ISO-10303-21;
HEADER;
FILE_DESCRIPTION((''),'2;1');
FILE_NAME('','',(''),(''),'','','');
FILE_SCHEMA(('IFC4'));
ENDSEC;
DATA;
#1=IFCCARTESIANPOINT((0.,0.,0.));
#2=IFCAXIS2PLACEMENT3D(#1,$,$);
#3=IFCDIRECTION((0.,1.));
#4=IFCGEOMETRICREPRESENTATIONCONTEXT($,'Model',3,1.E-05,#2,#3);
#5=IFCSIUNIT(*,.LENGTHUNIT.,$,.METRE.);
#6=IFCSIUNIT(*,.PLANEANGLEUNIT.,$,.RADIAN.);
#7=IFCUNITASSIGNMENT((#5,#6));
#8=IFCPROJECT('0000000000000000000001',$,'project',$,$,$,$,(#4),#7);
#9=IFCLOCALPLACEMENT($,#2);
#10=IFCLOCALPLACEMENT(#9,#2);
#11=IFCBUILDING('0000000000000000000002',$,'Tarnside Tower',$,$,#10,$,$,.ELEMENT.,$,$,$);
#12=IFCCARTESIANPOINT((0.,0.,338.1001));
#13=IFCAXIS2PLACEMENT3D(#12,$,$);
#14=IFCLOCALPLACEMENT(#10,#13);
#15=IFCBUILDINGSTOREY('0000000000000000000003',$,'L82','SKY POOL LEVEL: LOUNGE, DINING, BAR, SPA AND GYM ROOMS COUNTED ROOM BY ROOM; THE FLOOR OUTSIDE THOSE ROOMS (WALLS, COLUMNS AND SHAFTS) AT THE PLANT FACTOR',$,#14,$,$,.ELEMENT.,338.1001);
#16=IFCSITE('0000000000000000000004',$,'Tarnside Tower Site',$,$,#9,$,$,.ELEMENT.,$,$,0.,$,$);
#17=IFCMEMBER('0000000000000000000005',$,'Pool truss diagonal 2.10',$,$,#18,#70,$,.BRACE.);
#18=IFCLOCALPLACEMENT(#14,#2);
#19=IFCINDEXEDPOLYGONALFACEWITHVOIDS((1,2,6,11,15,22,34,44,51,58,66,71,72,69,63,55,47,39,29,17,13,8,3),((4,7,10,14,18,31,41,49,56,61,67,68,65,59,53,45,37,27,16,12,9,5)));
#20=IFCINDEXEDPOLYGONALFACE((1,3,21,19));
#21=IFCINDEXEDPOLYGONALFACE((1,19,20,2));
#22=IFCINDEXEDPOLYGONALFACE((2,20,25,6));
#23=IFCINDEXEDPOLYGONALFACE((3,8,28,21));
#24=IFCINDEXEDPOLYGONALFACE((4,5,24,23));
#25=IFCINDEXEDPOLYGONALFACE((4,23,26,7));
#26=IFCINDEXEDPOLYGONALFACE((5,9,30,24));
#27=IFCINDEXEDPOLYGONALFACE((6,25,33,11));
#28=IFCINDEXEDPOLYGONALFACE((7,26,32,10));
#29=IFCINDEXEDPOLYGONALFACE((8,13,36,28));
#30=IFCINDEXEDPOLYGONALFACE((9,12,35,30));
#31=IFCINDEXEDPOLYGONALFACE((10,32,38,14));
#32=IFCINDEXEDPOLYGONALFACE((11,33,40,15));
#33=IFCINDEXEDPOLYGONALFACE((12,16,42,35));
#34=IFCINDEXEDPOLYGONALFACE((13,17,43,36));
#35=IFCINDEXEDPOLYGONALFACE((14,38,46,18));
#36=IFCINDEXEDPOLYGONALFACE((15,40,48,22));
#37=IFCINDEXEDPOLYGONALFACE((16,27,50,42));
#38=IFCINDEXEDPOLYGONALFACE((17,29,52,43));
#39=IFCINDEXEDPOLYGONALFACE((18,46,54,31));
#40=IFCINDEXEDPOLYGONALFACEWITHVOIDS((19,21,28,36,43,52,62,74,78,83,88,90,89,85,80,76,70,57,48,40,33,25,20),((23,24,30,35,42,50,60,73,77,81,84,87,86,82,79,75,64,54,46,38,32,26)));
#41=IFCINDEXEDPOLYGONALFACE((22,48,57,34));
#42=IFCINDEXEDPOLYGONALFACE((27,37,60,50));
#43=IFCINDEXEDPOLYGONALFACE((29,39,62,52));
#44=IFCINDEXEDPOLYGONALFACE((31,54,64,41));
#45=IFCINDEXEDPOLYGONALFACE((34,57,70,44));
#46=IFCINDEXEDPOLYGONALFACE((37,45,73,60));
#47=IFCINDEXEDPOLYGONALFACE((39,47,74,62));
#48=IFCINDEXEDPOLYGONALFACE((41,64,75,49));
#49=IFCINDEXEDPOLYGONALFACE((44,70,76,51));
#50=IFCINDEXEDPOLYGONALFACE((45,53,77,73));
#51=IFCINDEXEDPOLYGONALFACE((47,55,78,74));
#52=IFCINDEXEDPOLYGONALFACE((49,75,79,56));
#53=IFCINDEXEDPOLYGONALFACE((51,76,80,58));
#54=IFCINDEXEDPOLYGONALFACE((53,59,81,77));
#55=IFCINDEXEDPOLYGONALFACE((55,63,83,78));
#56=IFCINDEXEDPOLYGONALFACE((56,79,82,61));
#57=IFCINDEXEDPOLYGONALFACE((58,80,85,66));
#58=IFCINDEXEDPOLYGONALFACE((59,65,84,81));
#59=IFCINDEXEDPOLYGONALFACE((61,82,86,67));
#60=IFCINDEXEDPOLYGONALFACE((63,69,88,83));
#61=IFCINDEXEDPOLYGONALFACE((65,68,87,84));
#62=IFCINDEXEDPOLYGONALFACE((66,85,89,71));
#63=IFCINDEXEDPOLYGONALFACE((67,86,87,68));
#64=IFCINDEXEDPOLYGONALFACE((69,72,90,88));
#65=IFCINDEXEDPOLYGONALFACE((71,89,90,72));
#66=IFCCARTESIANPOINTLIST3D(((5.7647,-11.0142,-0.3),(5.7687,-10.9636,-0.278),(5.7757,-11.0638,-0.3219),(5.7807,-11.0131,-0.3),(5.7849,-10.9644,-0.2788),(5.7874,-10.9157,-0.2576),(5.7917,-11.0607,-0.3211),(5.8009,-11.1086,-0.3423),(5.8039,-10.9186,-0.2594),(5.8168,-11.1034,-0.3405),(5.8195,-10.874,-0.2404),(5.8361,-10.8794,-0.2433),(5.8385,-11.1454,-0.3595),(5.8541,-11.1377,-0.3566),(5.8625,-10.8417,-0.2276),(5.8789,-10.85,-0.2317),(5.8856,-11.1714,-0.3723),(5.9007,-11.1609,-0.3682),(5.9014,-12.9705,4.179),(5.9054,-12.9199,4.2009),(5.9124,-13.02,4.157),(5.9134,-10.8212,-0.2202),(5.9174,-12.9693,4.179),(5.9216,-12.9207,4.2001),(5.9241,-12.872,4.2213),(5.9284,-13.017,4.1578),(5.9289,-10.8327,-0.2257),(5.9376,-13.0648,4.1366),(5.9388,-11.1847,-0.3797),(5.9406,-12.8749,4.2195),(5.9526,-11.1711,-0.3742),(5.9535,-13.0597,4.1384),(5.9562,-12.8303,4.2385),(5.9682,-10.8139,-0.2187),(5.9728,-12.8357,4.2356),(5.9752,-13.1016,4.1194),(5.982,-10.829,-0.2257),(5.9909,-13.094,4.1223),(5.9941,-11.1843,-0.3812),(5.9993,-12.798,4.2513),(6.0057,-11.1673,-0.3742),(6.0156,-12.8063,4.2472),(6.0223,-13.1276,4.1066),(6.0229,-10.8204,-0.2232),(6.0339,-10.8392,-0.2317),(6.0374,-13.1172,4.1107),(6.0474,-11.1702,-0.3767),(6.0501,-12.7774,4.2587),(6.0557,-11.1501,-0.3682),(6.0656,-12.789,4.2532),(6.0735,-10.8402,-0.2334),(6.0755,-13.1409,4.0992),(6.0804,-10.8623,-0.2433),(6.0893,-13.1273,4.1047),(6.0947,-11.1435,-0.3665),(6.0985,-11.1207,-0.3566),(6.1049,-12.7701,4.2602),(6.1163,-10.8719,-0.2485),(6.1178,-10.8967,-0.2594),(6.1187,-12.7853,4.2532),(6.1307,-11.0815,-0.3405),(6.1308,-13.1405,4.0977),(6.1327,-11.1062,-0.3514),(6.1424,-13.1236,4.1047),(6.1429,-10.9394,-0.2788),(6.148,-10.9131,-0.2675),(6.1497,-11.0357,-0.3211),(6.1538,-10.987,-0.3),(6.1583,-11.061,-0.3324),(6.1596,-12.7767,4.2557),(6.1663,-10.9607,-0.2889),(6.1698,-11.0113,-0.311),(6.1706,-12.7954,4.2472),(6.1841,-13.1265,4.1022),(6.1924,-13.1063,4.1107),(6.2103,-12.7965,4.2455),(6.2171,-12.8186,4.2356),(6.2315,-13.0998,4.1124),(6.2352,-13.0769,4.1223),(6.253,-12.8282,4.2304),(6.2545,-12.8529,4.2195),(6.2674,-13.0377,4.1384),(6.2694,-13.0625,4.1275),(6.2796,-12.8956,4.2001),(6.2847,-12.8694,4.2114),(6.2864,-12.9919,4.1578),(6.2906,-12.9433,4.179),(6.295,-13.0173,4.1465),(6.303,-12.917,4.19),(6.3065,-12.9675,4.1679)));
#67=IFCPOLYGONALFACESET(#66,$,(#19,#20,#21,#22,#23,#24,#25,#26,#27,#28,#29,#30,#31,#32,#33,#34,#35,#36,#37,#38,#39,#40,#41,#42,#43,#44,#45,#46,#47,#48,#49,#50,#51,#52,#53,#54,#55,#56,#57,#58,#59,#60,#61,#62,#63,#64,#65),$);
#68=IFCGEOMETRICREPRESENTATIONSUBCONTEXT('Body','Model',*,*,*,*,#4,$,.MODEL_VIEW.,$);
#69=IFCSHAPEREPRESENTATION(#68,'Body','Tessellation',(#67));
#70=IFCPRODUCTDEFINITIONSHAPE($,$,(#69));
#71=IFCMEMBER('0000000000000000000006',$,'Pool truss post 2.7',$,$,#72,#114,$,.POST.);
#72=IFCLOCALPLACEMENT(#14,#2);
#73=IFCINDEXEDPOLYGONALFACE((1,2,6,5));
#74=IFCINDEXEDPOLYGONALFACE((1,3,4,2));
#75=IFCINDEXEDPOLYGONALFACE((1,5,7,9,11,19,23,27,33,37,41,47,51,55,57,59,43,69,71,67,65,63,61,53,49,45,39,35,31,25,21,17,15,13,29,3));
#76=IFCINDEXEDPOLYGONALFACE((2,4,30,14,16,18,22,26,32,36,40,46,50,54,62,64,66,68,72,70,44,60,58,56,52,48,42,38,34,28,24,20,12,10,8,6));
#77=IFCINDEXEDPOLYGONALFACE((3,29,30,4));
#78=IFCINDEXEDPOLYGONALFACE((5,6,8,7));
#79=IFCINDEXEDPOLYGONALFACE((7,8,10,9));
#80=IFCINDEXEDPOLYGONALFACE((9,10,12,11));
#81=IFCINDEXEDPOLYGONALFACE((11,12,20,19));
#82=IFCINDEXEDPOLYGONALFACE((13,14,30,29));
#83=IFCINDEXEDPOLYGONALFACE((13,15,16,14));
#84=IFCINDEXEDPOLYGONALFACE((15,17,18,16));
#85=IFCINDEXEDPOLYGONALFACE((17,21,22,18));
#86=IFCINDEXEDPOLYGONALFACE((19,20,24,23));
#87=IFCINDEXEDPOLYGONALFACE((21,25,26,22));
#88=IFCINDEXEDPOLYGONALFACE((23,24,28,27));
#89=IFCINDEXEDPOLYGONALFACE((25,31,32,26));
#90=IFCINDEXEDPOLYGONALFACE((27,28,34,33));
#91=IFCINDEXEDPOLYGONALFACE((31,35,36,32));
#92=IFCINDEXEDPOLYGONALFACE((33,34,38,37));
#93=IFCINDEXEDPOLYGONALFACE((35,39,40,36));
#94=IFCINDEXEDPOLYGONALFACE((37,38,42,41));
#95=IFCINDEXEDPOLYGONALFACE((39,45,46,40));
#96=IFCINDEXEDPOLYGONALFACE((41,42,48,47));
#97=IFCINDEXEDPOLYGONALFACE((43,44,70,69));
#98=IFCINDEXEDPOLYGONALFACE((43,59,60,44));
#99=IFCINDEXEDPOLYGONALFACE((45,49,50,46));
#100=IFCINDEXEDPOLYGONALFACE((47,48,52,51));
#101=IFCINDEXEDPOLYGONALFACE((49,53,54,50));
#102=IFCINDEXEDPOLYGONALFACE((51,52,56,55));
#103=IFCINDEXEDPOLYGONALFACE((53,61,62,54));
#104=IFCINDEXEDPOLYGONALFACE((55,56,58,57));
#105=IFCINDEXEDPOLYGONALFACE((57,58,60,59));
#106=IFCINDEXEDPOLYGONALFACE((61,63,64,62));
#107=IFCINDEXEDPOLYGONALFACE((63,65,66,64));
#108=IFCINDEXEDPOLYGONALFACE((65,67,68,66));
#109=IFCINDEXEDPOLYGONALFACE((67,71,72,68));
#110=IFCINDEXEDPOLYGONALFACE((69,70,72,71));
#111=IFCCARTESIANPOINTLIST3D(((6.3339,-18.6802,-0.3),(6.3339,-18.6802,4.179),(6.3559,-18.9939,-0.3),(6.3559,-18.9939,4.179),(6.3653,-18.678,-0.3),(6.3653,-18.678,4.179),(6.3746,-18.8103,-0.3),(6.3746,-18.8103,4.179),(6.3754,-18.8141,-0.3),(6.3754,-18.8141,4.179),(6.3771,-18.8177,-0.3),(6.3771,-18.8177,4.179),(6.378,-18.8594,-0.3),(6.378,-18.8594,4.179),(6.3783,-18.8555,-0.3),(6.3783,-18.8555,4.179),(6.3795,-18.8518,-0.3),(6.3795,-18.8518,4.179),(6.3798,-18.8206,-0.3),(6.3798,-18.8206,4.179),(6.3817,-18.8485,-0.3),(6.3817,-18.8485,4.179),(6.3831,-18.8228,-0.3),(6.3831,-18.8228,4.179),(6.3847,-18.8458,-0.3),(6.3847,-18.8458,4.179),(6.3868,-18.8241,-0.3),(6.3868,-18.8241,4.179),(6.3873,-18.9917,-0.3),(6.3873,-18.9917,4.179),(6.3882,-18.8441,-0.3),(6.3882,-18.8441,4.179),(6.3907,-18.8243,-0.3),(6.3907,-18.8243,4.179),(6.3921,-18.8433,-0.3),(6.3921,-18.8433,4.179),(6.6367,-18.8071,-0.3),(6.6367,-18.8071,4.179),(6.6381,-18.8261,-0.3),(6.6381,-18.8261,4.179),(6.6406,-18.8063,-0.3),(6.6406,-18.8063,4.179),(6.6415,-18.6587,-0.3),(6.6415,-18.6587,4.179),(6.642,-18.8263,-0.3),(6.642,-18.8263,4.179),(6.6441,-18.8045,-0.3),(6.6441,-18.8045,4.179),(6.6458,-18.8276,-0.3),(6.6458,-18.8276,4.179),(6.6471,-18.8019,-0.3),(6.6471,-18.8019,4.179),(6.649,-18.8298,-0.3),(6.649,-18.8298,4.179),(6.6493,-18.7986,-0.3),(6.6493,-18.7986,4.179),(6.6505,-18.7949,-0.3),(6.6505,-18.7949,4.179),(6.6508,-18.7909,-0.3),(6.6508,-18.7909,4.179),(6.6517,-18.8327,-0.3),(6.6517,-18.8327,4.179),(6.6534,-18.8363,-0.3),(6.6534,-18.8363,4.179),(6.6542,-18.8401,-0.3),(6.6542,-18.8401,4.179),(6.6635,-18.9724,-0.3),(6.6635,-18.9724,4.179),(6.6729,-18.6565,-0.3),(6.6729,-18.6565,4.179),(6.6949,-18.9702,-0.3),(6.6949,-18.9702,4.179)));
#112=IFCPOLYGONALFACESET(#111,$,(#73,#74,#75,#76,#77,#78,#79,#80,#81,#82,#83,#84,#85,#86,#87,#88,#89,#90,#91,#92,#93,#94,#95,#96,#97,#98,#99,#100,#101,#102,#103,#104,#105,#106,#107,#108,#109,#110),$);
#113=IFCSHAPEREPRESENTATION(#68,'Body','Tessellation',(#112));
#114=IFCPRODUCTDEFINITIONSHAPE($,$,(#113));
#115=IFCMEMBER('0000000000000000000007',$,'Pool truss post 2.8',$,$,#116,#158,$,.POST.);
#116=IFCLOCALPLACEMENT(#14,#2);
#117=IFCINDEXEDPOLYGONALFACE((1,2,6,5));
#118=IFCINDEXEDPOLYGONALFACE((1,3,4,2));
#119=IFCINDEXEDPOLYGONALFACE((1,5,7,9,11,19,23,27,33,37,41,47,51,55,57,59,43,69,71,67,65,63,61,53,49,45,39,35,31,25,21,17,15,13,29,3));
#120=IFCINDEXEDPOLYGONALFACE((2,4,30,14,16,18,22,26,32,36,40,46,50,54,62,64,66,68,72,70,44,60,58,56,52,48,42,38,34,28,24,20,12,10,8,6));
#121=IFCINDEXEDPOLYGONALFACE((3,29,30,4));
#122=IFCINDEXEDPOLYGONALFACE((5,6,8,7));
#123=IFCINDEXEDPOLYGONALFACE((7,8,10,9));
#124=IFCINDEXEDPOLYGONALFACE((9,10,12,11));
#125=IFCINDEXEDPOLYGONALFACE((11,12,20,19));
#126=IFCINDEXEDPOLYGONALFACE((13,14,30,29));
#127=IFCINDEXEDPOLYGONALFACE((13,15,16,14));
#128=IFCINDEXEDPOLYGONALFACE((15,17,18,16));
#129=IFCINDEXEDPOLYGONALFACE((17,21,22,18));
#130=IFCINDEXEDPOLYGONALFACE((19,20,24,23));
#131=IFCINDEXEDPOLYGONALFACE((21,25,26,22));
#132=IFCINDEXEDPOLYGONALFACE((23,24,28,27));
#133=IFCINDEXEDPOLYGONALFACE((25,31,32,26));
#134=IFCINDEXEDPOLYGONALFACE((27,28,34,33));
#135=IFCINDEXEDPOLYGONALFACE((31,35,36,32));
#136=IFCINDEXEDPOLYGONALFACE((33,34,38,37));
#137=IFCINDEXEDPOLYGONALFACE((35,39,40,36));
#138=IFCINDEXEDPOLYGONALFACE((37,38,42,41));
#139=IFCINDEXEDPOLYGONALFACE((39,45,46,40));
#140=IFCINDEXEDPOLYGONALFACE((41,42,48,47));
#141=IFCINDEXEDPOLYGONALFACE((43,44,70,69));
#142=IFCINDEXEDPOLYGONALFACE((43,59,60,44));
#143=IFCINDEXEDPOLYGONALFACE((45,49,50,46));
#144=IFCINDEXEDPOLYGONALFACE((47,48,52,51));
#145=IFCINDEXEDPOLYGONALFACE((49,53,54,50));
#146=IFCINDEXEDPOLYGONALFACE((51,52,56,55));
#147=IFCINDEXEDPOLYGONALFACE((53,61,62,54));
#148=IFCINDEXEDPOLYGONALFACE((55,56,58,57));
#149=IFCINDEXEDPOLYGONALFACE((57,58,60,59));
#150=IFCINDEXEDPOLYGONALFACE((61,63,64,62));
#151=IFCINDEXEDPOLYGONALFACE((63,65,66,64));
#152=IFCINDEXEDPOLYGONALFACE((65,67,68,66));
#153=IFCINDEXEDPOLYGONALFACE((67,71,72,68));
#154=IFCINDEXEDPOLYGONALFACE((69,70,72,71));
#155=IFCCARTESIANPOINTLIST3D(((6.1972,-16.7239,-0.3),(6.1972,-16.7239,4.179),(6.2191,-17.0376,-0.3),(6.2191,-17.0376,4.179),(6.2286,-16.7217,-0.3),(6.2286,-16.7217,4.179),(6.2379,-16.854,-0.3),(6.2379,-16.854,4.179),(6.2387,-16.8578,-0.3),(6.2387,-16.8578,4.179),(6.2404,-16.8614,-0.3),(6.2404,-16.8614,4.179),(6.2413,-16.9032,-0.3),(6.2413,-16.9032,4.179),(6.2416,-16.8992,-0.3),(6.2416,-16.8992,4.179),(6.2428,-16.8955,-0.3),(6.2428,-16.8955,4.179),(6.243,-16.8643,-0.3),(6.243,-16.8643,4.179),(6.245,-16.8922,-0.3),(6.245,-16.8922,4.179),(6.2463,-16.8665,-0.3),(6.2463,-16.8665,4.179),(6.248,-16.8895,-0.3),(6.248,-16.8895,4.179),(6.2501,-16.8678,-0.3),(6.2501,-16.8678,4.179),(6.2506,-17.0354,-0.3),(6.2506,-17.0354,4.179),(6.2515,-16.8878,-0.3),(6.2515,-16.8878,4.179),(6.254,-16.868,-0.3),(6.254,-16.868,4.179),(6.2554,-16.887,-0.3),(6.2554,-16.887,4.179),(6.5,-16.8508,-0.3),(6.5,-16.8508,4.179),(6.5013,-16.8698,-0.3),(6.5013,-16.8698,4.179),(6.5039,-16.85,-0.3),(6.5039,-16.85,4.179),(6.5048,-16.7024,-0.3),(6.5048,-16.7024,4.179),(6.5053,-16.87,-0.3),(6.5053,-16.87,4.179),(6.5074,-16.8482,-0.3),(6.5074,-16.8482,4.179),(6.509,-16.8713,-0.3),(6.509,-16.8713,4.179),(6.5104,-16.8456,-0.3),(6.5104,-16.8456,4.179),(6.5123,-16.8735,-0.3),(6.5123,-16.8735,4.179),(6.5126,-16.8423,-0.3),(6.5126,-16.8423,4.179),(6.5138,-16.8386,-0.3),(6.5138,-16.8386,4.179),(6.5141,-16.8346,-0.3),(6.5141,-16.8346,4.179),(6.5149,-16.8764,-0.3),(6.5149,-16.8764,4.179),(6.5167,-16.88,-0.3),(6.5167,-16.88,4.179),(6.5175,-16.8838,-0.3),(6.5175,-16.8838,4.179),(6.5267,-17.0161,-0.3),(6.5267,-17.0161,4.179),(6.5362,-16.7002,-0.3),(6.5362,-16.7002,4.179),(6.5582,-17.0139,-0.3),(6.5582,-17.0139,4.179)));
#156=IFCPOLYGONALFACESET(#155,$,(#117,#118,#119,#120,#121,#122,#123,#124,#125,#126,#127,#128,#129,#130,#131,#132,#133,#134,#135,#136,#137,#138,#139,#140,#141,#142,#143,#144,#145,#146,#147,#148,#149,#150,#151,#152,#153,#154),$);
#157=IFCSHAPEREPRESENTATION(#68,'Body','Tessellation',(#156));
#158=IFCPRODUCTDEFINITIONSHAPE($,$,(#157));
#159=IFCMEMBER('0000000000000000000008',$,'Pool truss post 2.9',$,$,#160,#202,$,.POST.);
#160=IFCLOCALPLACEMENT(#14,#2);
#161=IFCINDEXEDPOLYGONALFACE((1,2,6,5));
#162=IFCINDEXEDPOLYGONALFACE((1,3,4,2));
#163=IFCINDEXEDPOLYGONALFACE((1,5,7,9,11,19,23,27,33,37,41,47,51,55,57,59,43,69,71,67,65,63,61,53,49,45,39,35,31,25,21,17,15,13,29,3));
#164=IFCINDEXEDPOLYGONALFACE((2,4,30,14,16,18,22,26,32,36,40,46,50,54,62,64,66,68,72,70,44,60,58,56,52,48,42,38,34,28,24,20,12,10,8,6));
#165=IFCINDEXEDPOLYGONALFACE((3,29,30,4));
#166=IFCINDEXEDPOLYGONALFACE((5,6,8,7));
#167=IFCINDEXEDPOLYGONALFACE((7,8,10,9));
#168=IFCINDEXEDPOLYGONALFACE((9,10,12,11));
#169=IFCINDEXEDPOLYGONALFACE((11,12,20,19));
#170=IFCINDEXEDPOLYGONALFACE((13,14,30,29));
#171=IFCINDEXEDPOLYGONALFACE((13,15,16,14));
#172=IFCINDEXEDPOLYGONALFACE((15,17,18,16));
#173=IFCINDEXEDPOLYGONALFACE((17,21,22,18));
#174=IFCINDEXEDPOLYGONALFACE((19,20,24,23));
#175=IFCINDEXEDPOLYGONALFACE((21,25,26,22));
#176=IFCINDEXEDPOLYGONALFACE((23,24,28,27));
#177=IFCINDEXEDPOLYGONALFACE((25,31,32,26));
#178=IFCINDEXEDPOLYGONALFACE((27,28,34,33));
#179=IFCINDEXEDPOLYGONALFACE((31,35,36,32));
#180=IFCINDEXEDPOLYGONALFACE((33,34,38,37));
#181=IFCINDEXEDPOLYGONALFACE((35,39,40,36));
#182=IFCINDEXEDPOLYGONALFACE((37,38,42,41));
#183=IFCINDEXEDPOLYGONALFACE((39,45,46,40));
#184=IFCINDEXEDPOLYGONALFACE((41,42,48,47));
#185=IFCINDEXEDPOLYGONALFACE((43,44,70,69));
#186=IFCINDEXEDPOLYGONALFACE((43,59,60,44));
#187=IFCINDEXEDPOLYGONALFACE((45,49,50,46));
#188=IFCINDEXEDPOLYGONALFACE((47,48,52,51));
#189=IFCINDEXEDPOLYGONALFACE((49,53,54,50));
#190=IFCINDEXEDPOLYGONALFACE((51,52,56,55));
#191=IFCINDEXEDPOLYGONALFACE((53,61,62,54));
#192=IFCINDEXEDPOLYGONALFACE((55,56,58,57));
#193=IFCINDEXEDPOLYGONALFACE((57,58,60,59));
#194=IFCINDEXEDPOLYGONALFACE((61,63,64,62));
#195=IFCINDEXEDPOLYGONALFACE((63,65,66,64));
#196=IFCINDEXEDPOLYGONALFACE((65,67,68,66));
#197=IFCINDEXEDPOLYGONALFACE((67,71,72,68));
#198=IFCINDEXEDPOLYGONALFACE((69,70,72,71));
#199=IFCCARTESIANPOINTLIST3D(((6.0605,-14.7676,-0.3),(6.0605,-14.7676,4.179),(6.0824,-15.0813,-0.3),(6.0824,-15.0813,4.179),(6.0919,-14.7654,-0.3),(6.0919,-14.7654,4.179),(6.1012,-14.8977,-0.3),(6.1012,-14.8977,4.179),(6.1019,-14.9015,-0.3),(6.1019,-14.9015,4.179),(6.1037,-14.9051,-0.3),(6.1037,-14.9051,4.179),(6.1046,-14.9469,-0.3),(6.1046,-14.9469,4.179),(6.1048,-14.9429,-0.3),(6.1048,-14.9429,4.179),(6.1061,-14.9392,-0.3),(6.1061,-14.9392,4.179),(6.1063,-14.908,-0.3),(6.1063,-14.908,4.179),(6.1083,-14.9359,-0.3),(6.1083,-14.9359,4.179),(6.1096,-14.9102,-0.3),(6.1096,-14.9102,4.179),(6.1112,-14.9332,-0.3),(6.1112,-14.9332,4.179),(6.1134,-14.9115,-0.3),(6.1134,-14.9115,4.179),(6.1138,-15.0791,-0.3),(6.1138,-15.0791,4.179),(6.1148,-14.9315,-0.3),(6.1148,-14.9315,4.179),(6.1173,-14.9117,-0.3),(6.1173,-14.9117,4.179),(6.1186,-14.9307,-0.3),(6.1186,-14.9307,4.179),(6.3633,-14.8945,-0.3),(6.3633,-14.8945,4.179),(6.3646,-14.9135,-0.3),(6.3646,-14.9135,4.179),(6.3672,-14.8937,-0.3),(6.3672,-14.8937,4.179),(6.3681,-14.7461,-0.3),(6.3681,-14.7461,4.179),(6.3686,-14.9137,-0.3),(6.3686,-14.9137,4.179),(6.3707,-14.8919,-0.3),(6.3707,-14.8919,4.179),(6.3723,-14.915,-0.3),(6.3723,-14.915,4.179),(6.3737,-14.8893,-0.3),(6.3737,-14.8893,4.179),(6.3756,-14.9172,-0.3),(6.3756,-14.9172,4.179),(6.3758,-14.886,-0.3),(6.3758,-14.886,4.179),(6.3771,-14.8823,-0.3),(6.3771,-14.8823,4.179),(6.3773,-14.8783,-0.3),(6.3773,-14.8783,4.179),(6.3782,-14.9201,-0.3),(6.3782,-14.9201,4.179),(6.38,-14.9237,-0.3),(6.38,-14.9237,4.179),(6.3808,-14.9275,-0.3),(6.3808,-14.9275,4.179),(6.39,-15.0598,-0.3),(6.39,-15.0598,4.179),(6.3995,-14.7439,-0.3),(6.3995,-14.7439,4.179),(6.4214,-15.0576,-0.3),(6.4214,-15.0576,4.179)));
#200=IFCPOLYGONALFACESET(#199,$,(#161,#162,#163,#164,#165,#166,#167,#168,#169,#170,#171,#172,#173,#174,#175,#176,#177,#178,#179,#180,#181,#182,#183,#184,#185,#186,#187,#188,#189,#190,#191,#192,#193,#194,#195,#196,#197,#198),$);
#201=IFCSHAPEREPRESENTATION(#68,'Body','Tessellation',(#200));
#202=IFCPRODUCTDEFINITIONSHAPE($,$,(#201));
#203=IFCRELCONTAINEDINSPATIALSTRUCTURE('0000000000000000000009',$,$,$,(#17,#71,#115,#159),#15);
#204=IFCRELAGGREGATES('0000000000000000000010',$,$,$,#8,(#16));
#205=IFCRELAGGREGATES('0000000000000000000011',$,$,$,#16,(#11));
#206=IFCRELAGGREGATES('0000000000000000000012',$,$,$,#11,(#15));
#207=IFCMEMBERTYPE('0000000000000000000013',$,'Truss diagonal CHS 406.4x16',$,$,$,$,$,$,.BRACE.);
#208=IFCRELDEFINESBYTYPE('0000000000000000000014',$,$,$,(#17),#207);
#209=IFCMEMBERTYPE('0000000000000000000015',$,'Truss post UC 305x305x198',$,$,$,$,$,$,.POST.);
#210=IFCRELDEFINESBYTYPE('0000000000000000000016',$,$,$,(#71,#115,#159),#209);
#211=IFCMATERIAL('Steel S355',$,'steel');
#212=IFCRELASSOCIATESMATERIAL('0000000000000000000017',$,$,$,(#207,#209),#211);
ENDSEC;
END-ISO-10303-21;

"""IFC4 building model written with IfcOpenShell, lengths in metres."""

from ifc_helpers import new_model, si_unit, direction, frame, origin, origin_2d, place, context, subcontext, project, spatial, hollow_circle, i_section, extrude, material, material_profile, profile_set, type_object, element, save


model = new_model("IFC4")

# Units and contexts
model_context = context("Model", 3, precision=1e-05, world=origin(), true_north=direction((0.0, 1.0)))
body_context = subcontext(model_context, "Body", "Model", "MODEL_VIEW")
ifc_project = project(units=[si_unit("LENGTHUNIT", "METRE"), si_unit("PLANEANGLEUNIT", "RADIAN")], contexts=[model_context])

# Site, building, storey
site_placement = place(None, origin())
site = spatial("IfcSite", under=ifc_project, at=site_placement, Name="Tarnside Tower Site", CompositionType="ELEMENT", RefElevation=0.0)
building_placement = place(site_placement, origin())
building = spatial("IfcBuilding", under=site, at=building_placement, Name="Tarnside Tower", CompositionType="ELEMENT")
storey_placement = place(building_placement, frame((0.0, 0.0, 338.1001)))
storey = spatial("IfcBuildingStorey", under=building, at=storey_placement, Name="L82", Description="SKY POOL LEVEL: LOUNGE, DINING, BAR, SPA AND GYM ROOMS COUNTED ROOM BY ROOM; THE FLOOR OUTSIDE THOSE ROOMS (WALLS, COLUMNS AND SHAFTS) AT THE PLANT FACTOR", CompositionType="ELEMENT", Elevation=338.1001)

# Members
ifc_material_1 = material(Name="Steel S355", Category="steel")
ifc_material_profile_1 = material_profile(ifc_material_1, hollow_circle(Radius=0.2031, WallThickness=0.0161, at=origin_2d()), Name="CHS 406.4x16")
ifc_profile_set_1 = profile_set([ifc_material_profile_1], Name="Steel S355")
member_type_1 = type_object("IfcMemberType", Name="Truss diagonal CHS 406.4x16", PredefinedType="BRACE", material=ifc_profile_set_1)
for number, where, z_axis, x_axis, name in (
    (1, (6.104, -12.9563, 4.179), (-0.027962, 0.400101, -0.916044), (-0.997567, -0.069716, 0.0), "Pool truss diagonal 2.10"),
):
    element("IfcMember", number, at=place(storey_placement, frame(where, z_axis=z_axis, x_axis=x_axis)), inside=storey, type_object=member_type_1, Name=name, PredefinedType="BRACE", context=body_context, shape_type="SweptSolid", body=[
        extrude(hollow_circle(Radius=0.2031, WallThickness=0.0161, at=origin_2d()), origin(), (0.0, 0.0, 1.0), 4.8894),
    ])
ifc_material_profile_2 = material_profile(ifc_material_1, i_section(OverallWidth=0.3145, OverallDepth=0.3398, WebThickness=0.019, FlangeThickness=0.0315, FilletRadius=0.0151, at=origin_2d()), Name="UC 305x305x198")
ifc_profile_set_2 = profile_set([ifc_material_profile_2], Name="Steel S355")
member_type_2 = type_object("IfcMemberType", Name="Truss post UC 305x305x198", PredefinedType="POST", material=ifc_profile_set_2)
for number, where, z_axis, x_axis, name in (
    (2, (6.5144, -18.8252, -0.3), (0.0, 0.0, 1.0), (-0.069756, 0.997564, 0.0), "Pool truss post 2.7"),
    (3, (6.3777, -16.8689, -0.3), (0.0, 0.0, 1.0), (-0.069756, 0.997564, 0.0), "Pool truss post 2.8"),
    (4, (6.241, -14.9126, -0.3), (0.0, 0.0, 1.0), (-0.069756, 0.997564, 0.0), "Pool truss post 2.9"),
):
    element("IfcMember", number, at=place(storey_placement, frame(where, z_axis=z_axis, x_axis=x_axis)), inside=storey, type_object=member_type_2, Name=name, PredefinedType="POST", context=body_context, shape_type="SweptSolid", body=[
        extrude(i_section(OverallWidth=0.3145, OverallDepth=0.3398, WebThickness=0.019, FlangeThickness=0.0315, FilletRadius=0.0151, at=origin_2d()), origin(), (0.0, 0.0, 1.0), 4.479),
    ])

save(model, "model.ifc")
